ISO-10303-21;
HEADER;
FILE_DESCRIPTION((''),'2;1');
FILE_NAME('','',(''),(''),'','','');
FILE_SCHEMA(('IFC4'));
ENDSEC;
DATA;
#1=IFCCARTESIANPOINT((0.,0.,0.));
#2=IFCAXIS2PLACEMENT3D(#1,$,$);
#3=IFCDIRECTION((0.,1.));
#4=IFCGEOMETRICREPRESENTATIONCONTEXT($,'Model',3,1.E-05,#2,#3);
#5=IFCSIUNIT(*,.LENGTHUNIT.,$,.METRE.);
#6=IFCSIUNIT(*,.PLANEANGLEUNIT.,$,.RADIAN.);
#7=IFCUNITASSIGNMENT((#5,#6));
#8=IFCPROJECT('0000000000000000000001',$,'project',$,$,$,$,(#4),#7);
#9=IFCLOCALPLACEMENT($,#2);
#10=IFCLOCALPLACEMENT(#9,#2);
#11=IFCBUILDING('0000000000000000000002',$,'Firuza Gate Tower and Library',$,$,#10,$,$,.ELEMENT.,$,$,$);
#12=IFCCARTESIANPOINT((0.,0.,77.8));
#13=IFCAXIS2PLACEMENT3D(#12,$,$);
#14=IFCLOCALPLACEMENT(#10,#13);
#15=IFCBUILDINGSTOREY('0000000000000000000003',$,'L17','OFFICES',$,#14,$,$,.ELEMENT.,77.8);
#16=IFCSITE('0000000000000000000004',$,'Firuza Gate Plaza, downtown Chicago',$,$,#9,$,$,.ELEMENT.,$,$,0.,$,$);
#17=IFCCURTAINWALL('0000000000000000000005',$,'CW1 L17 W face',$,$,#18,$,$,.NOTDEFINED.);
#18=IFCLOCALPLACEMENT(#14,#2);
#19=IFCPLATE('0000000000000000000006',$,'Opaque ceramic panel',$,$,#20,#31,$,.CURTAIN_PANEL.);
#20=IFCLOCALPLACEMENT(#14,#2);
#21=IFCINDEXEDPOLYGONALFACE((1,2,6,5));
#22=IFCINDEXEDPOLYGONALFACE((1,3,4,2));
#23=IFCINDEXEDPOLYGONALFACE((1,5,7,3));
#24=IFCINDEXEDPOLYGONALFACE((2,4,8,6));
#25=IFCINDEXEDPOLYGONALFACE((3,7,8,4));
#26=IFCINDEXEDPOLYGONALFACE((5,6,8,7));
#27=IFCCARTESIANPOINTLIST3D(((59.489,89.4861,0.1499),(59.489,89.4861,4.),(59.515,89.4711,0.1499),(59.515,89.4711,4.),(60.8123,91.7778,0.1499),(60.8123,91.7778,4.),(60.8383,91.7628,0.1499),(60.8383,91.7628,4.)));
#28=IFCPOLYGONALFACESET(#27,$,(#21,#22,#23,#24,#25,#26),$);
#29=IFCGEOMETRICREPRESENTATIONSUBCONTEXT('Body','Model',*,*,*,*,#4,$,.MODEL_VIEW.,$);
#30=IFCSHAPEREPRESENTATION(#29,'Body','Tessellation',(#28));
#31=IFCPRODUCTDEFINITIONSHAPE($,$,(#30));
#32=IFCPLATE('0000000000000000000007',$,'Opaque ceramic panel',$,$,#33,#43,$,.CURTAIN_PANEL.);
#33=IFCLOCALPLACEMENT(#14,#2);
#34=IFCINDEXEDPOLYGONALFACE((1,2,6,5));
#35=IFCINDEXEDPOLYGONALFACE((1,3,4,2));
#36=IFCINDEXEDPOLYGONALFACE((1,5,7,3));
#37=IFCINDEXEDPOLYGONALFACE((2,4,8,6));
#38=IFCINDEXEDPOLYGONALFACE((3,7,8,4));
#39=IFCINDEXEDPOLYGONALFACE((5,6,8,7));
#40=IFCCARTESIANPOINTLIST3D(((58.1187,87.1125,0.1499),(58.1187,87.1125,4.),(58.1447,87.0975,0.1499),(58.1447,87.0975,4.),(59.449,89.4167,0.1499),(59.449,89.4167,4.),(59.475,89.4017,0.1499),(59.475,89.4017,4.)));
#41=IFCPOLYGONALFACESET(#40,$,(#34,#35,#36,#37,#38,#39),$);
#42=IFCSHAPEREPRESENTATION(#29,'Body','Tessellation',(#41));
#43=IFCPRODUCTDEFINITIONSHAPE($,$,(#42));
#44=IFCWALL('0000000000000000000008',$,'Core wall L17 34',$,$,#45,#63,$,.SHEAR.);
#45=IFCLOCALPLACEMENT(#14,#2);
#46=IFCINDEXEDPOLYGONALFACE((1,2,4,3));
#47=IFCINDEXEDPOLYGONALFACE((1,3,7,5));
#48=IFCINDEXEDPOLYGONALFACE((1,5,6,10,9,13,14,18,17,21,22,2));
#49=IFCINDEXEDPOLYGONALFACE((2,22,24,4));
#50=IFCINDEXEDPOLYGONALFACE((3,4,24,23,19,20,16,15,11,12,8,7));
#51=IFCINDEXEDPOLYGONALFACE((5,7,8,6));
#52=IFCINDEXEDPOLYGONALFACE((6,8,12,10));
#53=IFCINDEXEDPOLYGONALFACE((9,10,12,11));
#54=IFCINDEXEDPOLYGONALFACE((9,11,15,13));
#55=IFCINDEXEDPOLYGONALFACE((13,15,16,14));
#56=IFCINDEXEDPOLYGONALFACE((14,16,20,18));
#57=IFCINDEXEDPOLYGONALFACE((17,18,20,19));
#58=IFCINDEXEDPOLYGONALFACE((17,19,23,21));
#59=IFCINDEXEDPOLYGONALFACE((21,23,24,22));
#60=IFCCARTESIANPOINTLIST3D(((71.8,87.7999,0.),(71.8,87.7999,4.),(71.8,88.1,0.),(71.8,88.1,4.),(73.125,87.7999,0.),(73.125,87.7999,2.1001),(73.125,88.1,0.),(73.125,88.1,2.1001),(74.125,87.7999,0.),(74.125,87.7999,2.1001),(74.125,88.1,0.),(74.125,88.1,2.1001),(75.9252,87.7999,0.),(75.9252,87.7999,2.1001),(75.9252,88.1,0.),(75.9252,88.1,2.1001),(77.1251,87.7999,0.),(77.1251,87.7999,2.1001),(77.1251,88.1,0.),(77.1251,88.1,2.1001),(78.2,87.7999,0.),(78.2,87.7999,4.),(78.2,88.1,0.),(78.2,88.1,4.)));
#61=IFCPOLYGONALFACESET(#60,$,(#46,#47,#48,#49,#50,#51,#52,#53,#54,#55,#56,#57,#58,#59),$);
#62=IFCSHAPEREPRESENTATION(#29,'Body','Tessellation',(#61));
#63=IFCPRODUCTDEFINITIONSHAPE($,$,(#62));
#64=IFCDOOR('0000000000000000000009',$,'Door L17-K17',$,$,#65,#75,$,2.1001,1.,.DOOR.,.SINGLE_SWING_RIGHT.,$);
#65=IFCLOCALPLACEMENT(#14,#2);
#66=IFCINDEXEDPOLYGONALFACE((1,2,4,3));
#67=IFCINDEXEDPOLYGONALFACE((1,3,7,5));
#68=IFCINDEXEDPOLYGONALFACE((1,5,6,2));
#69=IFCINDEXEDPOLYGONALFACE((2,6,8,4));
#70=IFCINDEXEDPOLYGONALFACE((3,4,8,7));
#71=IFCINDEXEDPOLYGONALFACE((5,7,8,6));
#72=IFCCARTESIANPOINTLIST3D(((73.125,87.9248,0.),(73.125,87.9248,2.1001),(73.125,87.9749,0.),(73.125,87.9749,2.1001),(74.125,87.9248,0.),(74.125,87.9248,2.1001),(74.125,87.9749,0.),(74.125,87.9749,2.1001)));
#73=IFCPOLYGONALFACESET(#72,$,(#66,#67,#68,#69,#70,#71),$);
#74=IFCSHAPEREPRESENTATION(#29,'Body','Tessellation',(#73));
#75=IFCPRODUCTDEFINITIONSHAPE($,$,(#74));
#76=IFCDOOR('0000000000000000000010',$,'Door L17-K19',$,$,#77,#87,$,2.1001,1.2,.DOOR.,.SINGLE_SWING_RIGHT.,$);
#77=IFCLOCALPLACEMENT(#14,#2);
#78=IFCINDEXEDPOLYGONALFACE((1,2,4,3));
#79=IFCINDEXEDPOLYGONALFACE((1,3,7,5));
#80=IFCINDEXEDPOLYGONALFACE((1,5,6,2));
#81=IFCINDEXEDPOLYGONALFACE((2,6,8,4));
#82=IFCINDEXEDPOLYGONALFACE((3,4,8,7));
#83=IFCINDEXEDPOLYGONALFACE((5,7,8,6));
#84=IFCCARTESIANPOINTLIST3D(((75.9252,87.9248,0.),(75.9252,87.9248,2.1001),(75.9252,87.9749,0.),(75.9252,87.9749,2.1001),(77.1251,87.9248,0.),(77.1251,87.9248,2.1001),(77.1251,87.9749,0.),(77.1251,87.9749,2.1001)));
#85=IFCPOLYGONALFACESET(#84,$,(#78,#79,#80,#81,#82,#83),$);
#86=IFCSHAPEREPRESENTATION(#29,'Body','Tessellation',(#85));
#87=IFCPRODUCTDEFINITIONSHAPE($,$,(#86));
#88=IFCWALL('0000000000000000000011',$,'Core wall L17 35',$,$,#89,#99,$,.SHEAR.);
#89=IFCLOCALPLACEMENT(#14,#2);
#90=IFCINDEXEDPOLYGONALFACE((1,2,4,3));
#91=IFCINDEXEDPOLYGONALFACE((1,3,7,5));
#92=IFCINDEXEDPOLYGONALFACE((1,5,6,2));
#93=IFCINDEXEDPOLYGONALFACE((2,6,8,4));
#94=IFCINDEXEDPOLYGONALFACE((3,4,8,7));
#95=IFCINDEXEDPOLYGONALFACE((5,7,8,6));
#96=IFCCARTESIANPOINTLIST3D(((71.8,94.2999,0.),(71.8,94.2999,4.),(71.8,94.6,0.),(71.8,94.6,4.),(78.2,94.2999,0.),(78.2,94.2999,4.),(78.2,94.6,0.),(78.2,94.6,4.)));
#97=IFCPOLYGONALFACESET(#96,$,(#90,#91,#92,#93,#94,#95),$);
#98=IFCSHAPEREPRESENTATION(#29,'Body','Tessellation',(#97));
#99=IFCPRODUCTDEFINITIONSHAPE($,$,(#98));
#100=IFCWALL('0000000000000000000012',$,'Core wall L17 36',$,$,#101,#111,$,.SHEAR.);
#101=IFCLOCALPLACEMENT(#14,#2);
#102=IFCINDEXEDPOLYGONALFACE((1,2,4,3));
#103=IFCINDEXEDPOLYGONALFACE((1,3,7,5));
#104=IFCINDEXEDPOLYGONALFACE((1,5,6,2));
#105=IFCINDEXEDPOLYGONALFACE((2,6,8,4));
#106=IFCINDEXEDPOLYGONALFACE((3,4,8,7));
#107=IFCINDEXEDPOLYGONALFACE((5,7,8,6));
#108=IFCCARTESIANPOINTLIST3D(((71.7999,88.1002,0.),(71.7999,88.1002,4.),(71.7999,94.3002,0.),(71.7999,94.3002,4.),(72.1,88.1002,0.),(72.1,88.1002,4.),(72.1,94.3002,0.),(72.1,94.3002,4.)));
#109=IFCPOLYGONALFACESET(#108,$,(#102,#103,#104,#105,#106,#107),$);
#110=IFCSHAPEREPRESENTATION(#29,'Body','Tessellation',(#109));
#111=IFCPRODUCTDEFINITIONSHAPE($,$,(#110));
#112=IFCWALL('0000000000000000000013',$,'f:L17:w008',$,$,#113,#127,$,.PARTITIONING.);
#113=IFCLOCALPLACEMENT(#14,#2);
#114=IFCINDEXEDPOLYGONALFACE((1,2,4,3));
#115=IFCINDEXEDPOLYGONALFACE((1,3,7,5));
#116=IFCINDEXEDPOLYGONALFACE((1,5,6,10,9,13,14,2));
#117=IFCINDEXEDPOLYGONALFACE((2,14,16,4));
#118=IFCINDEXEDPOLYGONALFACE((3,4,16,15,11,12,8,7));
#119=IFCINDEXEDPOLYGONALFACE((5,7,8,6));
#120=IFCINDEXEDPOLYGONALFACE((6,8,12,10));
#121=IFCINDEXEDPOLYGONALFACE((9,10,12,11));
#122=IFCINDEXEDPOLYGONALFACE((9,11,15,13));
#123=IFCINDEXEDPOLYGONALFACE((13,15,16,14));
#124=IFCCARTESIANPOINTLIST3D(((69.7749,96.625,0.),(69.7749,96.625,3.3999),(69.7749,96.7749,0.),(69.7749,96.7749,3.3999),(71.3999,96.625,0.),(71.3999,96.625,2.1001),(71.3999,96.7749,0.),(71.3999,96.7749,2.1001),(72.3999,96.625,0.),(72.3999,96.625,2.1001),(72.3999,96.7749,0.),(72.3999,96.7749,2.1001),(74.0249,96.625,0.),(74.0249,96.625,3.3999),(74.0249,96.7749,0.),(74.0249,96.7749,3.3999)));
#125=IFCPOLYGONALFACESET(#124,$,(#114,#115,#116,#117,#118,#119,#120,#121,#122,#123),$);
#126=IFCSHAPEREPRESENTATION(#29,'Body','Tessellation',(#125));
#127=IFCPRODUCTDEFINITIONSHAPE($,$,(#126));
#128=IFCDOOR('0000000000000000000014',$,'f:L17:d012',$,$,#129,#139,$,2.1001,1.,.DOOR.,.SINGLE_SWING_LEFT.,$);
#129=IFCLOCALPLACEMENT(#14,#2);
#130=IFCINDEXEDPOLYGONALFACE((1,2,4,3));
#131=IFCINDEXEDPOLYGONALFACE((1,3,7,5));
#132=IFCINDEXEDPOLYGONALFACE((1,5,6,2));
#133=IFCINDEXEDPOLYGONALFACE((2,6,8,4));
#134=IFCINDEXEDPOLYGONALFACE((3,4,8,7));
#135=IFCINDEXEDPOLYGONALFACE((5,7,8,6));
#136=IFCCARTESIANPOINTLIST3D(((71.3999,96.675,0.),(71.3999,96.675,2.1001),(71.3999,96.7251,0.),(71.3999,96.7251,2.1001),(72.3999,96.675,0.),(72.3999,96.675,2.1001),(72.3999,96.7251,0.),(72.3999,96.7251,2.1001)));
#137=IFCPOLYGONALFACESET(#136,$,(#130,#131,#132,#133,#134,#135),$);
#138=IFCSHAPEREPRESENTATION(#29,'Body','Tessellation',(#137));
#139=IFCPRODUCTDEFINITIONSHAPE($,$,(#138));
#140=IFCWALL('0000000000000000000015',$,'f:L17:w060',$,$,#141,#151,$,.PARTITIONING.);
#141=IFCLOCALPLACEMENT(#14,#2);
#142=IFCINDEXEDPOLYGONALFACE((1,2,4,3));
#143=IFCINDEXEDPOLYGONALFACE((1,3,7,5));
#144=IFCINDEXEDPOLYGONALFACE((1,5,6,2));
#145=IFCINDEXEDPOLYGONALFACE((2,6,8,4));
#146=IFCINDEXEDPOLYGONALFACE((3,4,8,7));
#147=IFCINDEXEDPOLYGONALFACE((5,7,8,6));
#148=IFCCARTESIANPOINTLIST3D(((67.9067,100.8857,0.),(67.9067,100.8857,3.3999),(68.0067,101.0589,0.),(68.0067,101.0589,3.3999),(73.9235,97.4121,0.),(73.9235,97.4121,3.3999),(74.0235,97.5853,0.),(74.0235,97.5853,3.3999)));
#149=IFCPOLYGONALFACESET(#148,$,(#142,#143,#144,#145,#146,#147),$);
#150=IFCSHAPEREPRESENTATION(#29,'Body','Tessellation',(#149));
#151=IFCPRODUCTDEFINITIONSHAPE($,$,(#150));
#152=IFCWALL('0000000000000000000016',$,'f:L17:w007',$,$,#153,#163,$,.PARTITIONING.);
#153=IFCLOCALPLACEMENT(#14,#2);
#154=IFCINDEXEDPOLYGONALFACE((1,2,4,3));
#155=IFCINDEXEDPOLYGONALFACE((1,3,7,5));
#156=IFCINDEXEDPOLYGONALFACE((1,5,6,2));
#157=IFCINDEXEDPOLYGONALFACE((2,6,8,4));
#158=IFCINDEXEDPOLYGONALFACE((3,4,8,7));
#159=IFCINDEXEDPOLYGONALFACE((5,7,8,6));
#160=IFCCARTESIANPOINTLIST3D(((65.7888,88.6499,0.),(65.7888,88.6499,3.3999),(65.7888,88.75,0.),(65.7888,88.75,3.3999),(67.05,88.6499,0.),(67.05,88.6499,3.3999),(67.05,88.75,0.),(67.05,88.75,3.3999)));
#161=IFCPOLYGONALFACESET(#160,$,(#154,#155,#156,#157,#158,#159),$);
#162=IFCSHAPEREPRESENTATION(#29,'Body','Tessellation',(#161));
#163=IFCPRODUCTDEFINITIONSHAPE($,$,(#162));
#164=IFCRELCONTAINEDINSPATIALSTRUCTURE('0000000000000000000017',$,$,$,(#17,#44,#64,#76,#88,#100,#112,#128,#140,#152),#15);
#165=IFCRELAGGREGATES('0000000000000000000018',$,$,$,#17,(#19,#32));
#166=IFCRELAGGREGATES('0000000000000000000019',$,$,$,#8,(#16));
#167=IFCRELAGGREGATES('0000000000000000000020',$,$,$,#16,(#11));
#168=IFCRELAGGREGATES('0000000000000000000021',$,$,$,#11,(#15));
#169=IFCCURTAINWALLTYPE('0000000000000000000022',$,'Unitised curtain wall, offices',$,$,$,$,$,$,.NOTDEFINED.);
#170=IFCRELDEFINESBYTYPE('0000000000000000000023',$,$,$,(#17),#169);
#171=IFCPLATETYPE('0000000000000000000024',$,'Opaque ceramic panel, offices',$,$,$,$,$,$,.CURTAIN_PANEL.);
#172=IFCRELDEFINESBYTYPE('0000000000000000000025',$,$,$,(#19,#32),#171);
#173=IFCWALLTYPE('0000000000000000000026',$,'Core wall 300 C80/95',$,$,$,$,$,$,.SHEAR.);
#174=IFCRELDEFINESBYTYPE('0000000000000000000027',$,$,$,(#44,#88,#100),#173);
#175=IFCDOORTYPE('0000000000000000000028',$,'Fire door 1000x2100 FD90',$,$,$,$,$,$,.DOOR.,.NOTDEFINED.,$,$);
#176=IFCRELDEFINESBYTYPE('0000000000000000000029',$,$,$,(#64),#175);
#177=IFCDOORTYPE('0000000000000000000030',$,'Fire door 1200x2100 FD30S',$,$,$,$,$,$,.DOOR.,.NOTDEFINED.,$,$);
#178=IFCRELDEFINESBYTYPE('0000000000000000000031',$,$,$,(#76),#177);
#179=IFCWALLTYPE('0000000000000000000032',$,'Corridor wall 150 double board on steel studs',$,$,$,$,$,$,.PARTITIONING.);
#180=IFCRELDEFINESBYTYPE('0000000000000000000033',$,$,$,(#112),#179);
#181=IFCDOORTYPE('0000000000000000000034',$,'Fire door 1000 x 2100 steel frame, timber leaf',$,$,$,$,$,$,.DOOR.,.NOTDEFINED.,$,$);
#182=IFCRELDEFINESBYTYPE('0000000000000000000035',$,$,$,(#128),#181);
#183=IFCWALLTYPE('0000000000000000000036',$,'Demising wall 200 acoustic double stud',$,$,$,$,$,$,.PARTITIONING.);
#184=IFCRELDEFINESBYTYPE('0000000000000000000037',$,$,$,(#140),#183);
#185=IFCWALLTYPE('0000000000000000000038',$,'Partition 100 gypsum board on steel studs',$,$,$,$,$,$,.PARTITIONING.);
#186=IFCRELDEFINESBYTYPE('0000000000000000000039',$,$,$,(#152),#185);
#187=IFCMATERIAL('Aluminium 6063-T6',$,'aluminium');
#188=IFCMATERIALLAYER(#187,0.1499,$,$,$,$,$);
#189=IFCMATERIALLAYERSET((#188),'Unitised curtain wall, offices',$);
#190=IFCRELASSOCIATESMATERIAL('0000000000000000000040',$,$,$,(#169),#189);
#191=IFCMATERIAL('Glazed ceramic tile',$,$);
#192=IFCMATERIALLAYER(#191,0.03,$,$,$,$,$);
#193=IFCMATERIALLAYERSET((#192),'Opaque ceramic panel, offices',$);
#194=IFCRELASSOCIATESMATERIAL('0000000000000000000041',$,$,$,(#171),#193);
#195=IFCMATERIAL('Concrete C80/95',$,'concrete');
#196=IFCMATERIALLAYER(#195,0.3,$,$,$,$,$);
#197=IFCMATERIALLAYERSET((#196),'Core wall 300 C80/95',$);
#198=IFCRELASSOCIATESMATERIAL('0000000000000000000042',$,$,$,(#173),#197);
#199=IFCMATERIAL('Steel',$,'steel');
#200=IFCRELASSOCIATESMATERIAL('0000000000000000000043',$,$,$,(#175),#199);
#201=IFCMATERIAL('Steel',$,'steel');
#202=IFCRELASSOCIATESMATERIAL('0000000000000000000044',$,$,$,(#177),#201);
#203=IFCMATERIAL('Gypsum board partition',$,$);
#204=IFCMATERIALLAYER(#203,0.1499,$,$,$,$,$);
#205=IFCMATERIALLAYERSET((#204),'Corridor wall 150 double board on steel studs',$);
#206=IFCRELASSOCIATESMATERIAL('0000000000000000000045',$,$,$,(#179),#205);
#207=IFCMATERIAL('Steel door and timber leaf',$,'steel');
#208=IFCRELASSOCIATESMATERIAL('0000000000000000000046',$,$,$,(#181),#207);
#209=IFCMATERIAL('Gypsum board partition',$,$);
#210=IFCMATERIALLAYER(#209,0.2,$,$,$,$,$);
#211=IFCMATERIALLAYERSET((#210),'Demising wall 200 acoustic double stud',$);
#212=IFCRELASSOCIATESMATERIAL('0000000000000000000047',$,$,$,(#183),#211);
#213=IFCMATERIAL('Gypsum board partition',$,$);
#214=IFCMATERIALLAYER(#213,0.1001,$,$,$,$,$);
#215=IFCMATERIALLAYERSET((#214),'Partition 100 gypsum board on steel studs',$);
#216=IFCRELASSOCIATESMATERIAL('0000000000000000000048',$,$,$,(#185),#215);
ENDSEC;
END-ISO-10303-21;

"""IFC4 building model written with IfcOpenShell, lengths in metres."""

from ifc_helpers import new_model, si_unit, direction, frame, frame_2d, origin, place, context, subcontext, project, spatial, polyline, rectangle, outline, extrude, material, layer, layer_set, type_object, element, fill, aggregate, save


model = new_model("IFC4")

# Units and contexts
model_context = context("Model", 3, precision=1e-05, world=origin(), true_north=direction((0.0, 1.0)))
body_context = subcontext(model_context, "Body", "Model", "MODEL_VIEW")
ifc_project = project(units=[si_unit("LENGTHUNIT", "METRE"), si_unit("PLANEANGLEUNIT", "RADIAN")], contexts=[model_context])

# Site, building, storey
site_placement = place(None, origin())
site = spatial("IfcSite", under=ifc_project, at=site_placement, Name="Firuza Gate Plaza, downtown Chicago", CompositionType="ELEMENT", RefElevation=0.0)
building_placement = place(site_placement, origin())
building = spatial("IfcBuilding", under=site, at=building_placement, Name="Firuza Gate Tower and Library", CompositionType="ELEMENT")
storey_placement = place(building_placement, frame((0.0, 0.0, 77.8)))
storey = spatial("IfcBuildingStorey", under=building, at=storey_placement, Name="L17", Description="OFFICES", CompositionType="ELEMENT", Elevation=77.8)

# Curtain wall
ifc_material_1 = material(Name="Aluminium 6063-T6", Category="aluminium")
ifc_layer_1 = layer(ifc_material_1, 0.1499)
ifc_layer_set_1 = layer_set([ifc_layer_1], Name="Unitised curtain wall, offices")
curtain_wall_type = type_object("IfcCurtainWallType", Name="Unitised curtain wall, offices", PredefinedType="NOTDEFINED", material=ifc_layer_set_1)
placement = place(storey_placement, origin())
curtain_wall = element("IfcCurtainWall", 1, at=placement, inside=storey, type_object=curtain_wall_type, Name="CW1 L17 W face", PredefinedType="NOTDEFINED")

# Plates
ifc_material_2 = material(Name="Glazed ceramic tile")
ifc_layer_2 = layer(ifc_material_2, 0.03)
ifc_layer_set_2 = layer_set([ifc_layer_2], Name="Opaque ceramic panel, offices")
plate_type_1 = type_object("IfcPlateType", Name="Opaque ceramic panel, offices", PredefinedType="CURTAIN_PANEL", material=ifc_layer_set_2)
plate_1_placement = place(storey_placement, frame((60.8123, 91.7778, 0.1499), z_axis=(-0.866009, 0.500029, 0.0), x_axis=(-0.500029, -0.866009, 0.0)))
plate_1 = element("IfcPlate", 2, at=plate_1_placement, type_object=plate_type_1, Name="Opaque ceramic panel", PredefinedType="CURTAIN_PANEL", context=body_context, shape_type="SweptSolid", body=[
    extrude(outline(polyline([(0.0, 0.0), (2.6463, 0.0), (2.6463, 3.8501), (0.0, 3.8501), (0.0, 0.0)])), origin(), (0.0, 0.0, -1.0), 0.03),
])
plate_2_placement = place(storey_placement, frame((59.449, 89.4167, 0.1499), z_axis=(-0.866027, 0.499998, 0.0), x_axis=(-0.499998, -0.866027, 0.0)))
plate_2 = element("IfcPlate", 3, at=plate_2_placement, type_object=plate_type_1, Name="Opaque ceramic panel", PredefinedType="CURTAIN_PANEL", context=body_context, shape_type="SweptSolid", body=[
    extrude(outline(polyline([(0.0, 0.0), (2.6607, 0.0), (2.6607, 3.8501), (0.0, 3.8501), (0.0, 0.0)])), origin(), (0.0, 0.0, -1.0), 0.03),
])
aggregate(curtain_wall, [plate_1, plate_2])

# Wall, openings, doors
ifc_material_3 = material(Name="Concrete C80/95", Category="concrete")
ifc_layer_3 = layer(ifc_material_3, 0.3)
ifc_layer_set_3 = layer_set([ifc_layer_3], Name="Core wall 300 C80/95")
wall_type_1 = type_object("IfcWallType", Name="Core wall 300 C80/95", PredefinedType="SHEAR", material=ifc_layer_set_3)
wall_1_placement = place(storey_placement, frame((71.8, 87.95, 0.0), z_axis=(0.0, 0.0, 1.0), x_axis=(1.0, 0.0, 0.0)))
wall_1 = element("IfcWall", 4, at=wall_1_placement, inside=storey, type_object=wall_type_1, Name="Core wall L17 34", PredefinedType="SHEAR", context=body_context, shape_type="SweptSolid", body=[
    extrude(rectangle(XDim=6.3999, YDim=0.3, at=frame_2d((3.2, 0.0))), origin(), (0.0, 0.0, 1.0), 4.0),
])
opening_1_placement = place(wall_1_placement, frame((1.325, 0.0, 0.0)))
opening_1 = element("IfcOpeningElement", 5, at=opening_1_placement, cuts=wall_1, PredefinedType="OPENING", context=body_context, shape_type="SweptSolid", body=[
    extrude(rectangle(XDim=1.0, YDim=2.1001, at=frame_2d((0.5, 1.05))), frame((0.0, 0.1602, 0.0), z_axis=(0.0, -1.0, 0.0), x_axis=(1.0, 0.0, 0.0)), (0.0, 0.0, 1.0), 0.3201),
])
opening_2_placement = place(wall_1_placement, frame((4.125, 0.0, 0.0)))
opening_2 = element("IfcOpeningElement", 6, at=opening_2_placement, cuts=wall_1, PredefinedType="OPENING", context=body_context, shape_type="SweptSolid", body=[
    extrude(rectangle(XDim=1.2, YDim=2.1001, at=frame_2d((0.6001, 1.05))), frame((0.0, 0.1602, 0.0), z_axis=(0.0, -1.0, 0.0), x_axis=(1.0, 0.0, 0.0)), (0.0, 0.0, 1.0), 0.3201),
])
ifc_material_4 = material(Name="Steel", Category="steel")
door_type_1 = type_object("IfcDoorType", Name="Fire door 1000x2100 FD90", OperationType="NOTDEFINED", PredefinedType="DOOR", material=ifc_material_4)
door_1_placement = place(opening_1_placement, origin())
door_1 = element("IfcDoor", 7, at=door_1_placement, inside=storey, type_object=door_type_1, Name="Door L17-K17", OperationType="SINGLE_SWING_RIGHT", OverallHeight=2.1001, OverallWidth=1.0, PredefinedType="DOOR", context=body_context, shape_type="SweptSolid", body=[
    extrude(rectangle(XDim=1.0, YDim=2.1001, at=frame_2d((0.5, 1.05))), frame((0.0, 0.0249, 0.0), z_axis=(0.0, -1.0, 0.0), x_axis=(1.0, 0.0, 0.0)), (0.0, 0.0, 1.0), 0.05),
])
fill(opening_1, door_1)
ifc_material_5 = material(Name="Steel", Category="steel")
door_type_2 = type_object("IfcDoorType", Name="Fire door 1200x2100 FD30S", OperationType="NOTDEFINED", PredefinedType="DOOR", material=ifc_material_5)
door_2_placement = place(opening_2_placement, origin())
door_2 = element("IfcDoor", 8, at=door_2_placement, inside=storey, type_object=door_type_2, Name="Door L17-K19", OperationType="SINGLE_SWING_RIGHT", OverallHeight=2.1001, OverallWidth=1.2, PredefinedType="DOOR", context=body_context, shape_type="SweptSolid", body=[
    extrude(rectangle(XDim=1.2, YDim=2.1001, at=frame_2d((0.6001, 1.05))), frame((0.0, 0.0249, 0.0), z_axis=(0.0, -1.0, 0.0), x_axis=(1.0, 0.0, 0.0)), (0.0, 0.0, 1.0), 0.05),
])
fill(opening_2, door_2)

# Walls
wall_2_placement = place(storey_placement, frame((71.8, 94.45, 0.0), z_axis=(0.0, 0.0, 1.0), x_axis=(1.0, 0.0, 0.0)))
element("IfcWall", 9, at=wall_2_placement, inside=storey, type_object=wall_type_1, Name="Core wall L17 35", PredefinedType="SHEAR", context=body_context, shape_type="SweptSolid", body=[
    extrude(rectangle(XDim=6.3999, YDim=0.3, at=frame_2d((3.2, 0.0))), origin(), (0.0, 0.0, 1.0), 4.0),
])
wall_3_placement = place(storey_placement, frame((71.95, 88.1001, 0.0), z_axis=(0.0, 0.0, 1.0), x_axis=(0.0, 1.0, 0.0)))
element("IfcWall", 10, at=wall_3_placement, inside=storey, type_object=wall_type_1, Name="Core wall L17 36", PredefinedType="SHEAR", context=body_context, shape_type="SweptSolid", body=[
    extrude(rectangle(XDim=6.2, YDim=0.3, at=frame_2d((3.1001, 0.0))), origin(), (0.0, 0.0, 1.0), 4.0),
])

# Wall, opening, door
ifc_material_6 = material(Name="Gypsum board partition")
ifc_layer_4 = layer(ifc_material_6, 0.1499)
ifc_layer_set_4 = layer_set([ifc_layer_4], Name="Corridor wall 150 double board on steel studs")
wall_type_2 = type_object("IfcWallType", Name="Corridor wall 150 double board on steel studs", PredefinedType="PARTITIONING", material=ifc_layer_set_4)
wall_4_placement = place(storey_placement, frame((74.0249, 96.7, 0.0), z_axis=(0.0, 0.0, 1.0), x_axis=(-1.0, 0.0, 0.0)))
wall_4 = element("IfcWall", 11, at=wall_4_placement, inside=storey, type_object=wall_type_2, Name="f:L17:w008", PredefinedType="PARTITIONING", context=body_context, shape_type="SweptSolid", body=[
    extrude(rectangle(XDim=4.25, YDim=0.1499, at=frame_2d((2.125, 0.0))), origin(), (0.0, 0.0, 1.0), 3.3999),
])
opening_3_placement = place(wall_4_placement, frame((1.625, 0.0, 0.0)))
opening_3 = element("IfcOpeningElement", 12, at=opening_3_placement, cuts=wall_4, PredefinedType="OPENING", context=body_context, shape_type="SweptSolid", body=[
    extrude(rectangle(XDim=1.0, YDim=2.1001, at=frame_2d((0.5, 1.05))), frame((0.0, 0.085, 0.0), z_axis=(0.0, -1.0, 0.0), x_axis=(1.0, 0.0, 0.0)), (0.0, 0.0, 1.0), 0.1699),
])
ifc_material_7 = material(Name="Steel door and timber leaf", Category="steel")
door_type_3 = type_object("IfcDoorType", Name="Fire door 1000 x 2100 steel frame, timber leaf", OperationType="NOTDEFINED", PredefinedType="DOOR", material=ifc_material_7)
door_3_placement = place(opening_3_placement, origin())
door_3 = element("IfcDoor", 13, at=door_3_placement, inside=storey, type_object=door_type_3, Name="f:L17:d012", OperationType="SINGLE_SWING_LEFT", OverallHeight=2.1001, OverallWidth=1.0, PredefinedType="DOOR", context=body_context, shape_type="SweptSolid", body=[
    extrude(rectangle(XDim=1.0, YDim=2.1001, at=frame_2d((0.5, 1.05))), frame((0.0, 0.0249, 0.0), z_axis=(0.0, -1.0, 0.0), x_axis=(1.0, 0.0, 0.0)), (0.0, 0.0, 1.0), 0.05),
])
fill(opening_3, door_3)

# Walls
ifc_material_8 = material(Name="Gypsum board partition")
ifc_layer_5 = layer(ifc_material_8, 0.2)
ifc_layer_set_5 = layer_set([ifc_layer_5], Name="Demising wall 200 acoustic double stud")
wall_type_3 = type_object("IfcWallType", Name="Demising wall 200 acoustic double stud", PredefinedType="PARTITIONING", material=ifc_layer_set_5)
wall_5_placement = place(storey_placement, frame((73.9734, 97.4988, 0.0), z_axis=(0.0, 0.0, 1.0), x_axis=(-0.866038, 0.499979, 0.0)))
element("IfcWall", 14, at=wall_5_placement, inside=storey, type_object=wall_type_3, Name="f:L17:w060", PredefinedType="PARTITIONING", context=body_context, shape_type="SweptSolid", body=[
    extrude(rectangle(XDim=6.9475, YDim=0.2, at=frame_2d((3.4736, 0.0))), origin(), (0.0, 0.0, 1.0), 3.3999),
])
ifc_material_9 = material(Name="Gypsum board partition")
ifc_layer_6 = layer(ifc_material_9, 0.1001)
ifc_layer_set_6 = layer_set([ifc_layer_6], Name="Partition 100 gypsum board on steel studs")
wall_type_4 = type_object("IfcWallType", Name="Partition 100 gypsum board on steel studs", PredefinedType="PARTITIONING", material=ifc_layer_set_6)
wall_6_placement = place(storey_placement, frame((65.7888, 88.7, 0.0), z_axis=(0.0, 0.0, 1.0), x_axis=(1.0, 0.0, 0.0)))
element("IfcWall", 15, at=wall_6_placement, inside=storey, type_object=wall_type_4, Name="f:L17:w007", PredefinedType="PARTITIONING", context=body_context, shape_type="SweptSolid", body=[
    extrude(rectangle(XDim=1.2612, YDim=0.1001, at=frame_2d((0.6306, 0.0))), origin(), (0.0, 0.0, 1.0), 3.3999),
])

save(model, "model.ifc")
